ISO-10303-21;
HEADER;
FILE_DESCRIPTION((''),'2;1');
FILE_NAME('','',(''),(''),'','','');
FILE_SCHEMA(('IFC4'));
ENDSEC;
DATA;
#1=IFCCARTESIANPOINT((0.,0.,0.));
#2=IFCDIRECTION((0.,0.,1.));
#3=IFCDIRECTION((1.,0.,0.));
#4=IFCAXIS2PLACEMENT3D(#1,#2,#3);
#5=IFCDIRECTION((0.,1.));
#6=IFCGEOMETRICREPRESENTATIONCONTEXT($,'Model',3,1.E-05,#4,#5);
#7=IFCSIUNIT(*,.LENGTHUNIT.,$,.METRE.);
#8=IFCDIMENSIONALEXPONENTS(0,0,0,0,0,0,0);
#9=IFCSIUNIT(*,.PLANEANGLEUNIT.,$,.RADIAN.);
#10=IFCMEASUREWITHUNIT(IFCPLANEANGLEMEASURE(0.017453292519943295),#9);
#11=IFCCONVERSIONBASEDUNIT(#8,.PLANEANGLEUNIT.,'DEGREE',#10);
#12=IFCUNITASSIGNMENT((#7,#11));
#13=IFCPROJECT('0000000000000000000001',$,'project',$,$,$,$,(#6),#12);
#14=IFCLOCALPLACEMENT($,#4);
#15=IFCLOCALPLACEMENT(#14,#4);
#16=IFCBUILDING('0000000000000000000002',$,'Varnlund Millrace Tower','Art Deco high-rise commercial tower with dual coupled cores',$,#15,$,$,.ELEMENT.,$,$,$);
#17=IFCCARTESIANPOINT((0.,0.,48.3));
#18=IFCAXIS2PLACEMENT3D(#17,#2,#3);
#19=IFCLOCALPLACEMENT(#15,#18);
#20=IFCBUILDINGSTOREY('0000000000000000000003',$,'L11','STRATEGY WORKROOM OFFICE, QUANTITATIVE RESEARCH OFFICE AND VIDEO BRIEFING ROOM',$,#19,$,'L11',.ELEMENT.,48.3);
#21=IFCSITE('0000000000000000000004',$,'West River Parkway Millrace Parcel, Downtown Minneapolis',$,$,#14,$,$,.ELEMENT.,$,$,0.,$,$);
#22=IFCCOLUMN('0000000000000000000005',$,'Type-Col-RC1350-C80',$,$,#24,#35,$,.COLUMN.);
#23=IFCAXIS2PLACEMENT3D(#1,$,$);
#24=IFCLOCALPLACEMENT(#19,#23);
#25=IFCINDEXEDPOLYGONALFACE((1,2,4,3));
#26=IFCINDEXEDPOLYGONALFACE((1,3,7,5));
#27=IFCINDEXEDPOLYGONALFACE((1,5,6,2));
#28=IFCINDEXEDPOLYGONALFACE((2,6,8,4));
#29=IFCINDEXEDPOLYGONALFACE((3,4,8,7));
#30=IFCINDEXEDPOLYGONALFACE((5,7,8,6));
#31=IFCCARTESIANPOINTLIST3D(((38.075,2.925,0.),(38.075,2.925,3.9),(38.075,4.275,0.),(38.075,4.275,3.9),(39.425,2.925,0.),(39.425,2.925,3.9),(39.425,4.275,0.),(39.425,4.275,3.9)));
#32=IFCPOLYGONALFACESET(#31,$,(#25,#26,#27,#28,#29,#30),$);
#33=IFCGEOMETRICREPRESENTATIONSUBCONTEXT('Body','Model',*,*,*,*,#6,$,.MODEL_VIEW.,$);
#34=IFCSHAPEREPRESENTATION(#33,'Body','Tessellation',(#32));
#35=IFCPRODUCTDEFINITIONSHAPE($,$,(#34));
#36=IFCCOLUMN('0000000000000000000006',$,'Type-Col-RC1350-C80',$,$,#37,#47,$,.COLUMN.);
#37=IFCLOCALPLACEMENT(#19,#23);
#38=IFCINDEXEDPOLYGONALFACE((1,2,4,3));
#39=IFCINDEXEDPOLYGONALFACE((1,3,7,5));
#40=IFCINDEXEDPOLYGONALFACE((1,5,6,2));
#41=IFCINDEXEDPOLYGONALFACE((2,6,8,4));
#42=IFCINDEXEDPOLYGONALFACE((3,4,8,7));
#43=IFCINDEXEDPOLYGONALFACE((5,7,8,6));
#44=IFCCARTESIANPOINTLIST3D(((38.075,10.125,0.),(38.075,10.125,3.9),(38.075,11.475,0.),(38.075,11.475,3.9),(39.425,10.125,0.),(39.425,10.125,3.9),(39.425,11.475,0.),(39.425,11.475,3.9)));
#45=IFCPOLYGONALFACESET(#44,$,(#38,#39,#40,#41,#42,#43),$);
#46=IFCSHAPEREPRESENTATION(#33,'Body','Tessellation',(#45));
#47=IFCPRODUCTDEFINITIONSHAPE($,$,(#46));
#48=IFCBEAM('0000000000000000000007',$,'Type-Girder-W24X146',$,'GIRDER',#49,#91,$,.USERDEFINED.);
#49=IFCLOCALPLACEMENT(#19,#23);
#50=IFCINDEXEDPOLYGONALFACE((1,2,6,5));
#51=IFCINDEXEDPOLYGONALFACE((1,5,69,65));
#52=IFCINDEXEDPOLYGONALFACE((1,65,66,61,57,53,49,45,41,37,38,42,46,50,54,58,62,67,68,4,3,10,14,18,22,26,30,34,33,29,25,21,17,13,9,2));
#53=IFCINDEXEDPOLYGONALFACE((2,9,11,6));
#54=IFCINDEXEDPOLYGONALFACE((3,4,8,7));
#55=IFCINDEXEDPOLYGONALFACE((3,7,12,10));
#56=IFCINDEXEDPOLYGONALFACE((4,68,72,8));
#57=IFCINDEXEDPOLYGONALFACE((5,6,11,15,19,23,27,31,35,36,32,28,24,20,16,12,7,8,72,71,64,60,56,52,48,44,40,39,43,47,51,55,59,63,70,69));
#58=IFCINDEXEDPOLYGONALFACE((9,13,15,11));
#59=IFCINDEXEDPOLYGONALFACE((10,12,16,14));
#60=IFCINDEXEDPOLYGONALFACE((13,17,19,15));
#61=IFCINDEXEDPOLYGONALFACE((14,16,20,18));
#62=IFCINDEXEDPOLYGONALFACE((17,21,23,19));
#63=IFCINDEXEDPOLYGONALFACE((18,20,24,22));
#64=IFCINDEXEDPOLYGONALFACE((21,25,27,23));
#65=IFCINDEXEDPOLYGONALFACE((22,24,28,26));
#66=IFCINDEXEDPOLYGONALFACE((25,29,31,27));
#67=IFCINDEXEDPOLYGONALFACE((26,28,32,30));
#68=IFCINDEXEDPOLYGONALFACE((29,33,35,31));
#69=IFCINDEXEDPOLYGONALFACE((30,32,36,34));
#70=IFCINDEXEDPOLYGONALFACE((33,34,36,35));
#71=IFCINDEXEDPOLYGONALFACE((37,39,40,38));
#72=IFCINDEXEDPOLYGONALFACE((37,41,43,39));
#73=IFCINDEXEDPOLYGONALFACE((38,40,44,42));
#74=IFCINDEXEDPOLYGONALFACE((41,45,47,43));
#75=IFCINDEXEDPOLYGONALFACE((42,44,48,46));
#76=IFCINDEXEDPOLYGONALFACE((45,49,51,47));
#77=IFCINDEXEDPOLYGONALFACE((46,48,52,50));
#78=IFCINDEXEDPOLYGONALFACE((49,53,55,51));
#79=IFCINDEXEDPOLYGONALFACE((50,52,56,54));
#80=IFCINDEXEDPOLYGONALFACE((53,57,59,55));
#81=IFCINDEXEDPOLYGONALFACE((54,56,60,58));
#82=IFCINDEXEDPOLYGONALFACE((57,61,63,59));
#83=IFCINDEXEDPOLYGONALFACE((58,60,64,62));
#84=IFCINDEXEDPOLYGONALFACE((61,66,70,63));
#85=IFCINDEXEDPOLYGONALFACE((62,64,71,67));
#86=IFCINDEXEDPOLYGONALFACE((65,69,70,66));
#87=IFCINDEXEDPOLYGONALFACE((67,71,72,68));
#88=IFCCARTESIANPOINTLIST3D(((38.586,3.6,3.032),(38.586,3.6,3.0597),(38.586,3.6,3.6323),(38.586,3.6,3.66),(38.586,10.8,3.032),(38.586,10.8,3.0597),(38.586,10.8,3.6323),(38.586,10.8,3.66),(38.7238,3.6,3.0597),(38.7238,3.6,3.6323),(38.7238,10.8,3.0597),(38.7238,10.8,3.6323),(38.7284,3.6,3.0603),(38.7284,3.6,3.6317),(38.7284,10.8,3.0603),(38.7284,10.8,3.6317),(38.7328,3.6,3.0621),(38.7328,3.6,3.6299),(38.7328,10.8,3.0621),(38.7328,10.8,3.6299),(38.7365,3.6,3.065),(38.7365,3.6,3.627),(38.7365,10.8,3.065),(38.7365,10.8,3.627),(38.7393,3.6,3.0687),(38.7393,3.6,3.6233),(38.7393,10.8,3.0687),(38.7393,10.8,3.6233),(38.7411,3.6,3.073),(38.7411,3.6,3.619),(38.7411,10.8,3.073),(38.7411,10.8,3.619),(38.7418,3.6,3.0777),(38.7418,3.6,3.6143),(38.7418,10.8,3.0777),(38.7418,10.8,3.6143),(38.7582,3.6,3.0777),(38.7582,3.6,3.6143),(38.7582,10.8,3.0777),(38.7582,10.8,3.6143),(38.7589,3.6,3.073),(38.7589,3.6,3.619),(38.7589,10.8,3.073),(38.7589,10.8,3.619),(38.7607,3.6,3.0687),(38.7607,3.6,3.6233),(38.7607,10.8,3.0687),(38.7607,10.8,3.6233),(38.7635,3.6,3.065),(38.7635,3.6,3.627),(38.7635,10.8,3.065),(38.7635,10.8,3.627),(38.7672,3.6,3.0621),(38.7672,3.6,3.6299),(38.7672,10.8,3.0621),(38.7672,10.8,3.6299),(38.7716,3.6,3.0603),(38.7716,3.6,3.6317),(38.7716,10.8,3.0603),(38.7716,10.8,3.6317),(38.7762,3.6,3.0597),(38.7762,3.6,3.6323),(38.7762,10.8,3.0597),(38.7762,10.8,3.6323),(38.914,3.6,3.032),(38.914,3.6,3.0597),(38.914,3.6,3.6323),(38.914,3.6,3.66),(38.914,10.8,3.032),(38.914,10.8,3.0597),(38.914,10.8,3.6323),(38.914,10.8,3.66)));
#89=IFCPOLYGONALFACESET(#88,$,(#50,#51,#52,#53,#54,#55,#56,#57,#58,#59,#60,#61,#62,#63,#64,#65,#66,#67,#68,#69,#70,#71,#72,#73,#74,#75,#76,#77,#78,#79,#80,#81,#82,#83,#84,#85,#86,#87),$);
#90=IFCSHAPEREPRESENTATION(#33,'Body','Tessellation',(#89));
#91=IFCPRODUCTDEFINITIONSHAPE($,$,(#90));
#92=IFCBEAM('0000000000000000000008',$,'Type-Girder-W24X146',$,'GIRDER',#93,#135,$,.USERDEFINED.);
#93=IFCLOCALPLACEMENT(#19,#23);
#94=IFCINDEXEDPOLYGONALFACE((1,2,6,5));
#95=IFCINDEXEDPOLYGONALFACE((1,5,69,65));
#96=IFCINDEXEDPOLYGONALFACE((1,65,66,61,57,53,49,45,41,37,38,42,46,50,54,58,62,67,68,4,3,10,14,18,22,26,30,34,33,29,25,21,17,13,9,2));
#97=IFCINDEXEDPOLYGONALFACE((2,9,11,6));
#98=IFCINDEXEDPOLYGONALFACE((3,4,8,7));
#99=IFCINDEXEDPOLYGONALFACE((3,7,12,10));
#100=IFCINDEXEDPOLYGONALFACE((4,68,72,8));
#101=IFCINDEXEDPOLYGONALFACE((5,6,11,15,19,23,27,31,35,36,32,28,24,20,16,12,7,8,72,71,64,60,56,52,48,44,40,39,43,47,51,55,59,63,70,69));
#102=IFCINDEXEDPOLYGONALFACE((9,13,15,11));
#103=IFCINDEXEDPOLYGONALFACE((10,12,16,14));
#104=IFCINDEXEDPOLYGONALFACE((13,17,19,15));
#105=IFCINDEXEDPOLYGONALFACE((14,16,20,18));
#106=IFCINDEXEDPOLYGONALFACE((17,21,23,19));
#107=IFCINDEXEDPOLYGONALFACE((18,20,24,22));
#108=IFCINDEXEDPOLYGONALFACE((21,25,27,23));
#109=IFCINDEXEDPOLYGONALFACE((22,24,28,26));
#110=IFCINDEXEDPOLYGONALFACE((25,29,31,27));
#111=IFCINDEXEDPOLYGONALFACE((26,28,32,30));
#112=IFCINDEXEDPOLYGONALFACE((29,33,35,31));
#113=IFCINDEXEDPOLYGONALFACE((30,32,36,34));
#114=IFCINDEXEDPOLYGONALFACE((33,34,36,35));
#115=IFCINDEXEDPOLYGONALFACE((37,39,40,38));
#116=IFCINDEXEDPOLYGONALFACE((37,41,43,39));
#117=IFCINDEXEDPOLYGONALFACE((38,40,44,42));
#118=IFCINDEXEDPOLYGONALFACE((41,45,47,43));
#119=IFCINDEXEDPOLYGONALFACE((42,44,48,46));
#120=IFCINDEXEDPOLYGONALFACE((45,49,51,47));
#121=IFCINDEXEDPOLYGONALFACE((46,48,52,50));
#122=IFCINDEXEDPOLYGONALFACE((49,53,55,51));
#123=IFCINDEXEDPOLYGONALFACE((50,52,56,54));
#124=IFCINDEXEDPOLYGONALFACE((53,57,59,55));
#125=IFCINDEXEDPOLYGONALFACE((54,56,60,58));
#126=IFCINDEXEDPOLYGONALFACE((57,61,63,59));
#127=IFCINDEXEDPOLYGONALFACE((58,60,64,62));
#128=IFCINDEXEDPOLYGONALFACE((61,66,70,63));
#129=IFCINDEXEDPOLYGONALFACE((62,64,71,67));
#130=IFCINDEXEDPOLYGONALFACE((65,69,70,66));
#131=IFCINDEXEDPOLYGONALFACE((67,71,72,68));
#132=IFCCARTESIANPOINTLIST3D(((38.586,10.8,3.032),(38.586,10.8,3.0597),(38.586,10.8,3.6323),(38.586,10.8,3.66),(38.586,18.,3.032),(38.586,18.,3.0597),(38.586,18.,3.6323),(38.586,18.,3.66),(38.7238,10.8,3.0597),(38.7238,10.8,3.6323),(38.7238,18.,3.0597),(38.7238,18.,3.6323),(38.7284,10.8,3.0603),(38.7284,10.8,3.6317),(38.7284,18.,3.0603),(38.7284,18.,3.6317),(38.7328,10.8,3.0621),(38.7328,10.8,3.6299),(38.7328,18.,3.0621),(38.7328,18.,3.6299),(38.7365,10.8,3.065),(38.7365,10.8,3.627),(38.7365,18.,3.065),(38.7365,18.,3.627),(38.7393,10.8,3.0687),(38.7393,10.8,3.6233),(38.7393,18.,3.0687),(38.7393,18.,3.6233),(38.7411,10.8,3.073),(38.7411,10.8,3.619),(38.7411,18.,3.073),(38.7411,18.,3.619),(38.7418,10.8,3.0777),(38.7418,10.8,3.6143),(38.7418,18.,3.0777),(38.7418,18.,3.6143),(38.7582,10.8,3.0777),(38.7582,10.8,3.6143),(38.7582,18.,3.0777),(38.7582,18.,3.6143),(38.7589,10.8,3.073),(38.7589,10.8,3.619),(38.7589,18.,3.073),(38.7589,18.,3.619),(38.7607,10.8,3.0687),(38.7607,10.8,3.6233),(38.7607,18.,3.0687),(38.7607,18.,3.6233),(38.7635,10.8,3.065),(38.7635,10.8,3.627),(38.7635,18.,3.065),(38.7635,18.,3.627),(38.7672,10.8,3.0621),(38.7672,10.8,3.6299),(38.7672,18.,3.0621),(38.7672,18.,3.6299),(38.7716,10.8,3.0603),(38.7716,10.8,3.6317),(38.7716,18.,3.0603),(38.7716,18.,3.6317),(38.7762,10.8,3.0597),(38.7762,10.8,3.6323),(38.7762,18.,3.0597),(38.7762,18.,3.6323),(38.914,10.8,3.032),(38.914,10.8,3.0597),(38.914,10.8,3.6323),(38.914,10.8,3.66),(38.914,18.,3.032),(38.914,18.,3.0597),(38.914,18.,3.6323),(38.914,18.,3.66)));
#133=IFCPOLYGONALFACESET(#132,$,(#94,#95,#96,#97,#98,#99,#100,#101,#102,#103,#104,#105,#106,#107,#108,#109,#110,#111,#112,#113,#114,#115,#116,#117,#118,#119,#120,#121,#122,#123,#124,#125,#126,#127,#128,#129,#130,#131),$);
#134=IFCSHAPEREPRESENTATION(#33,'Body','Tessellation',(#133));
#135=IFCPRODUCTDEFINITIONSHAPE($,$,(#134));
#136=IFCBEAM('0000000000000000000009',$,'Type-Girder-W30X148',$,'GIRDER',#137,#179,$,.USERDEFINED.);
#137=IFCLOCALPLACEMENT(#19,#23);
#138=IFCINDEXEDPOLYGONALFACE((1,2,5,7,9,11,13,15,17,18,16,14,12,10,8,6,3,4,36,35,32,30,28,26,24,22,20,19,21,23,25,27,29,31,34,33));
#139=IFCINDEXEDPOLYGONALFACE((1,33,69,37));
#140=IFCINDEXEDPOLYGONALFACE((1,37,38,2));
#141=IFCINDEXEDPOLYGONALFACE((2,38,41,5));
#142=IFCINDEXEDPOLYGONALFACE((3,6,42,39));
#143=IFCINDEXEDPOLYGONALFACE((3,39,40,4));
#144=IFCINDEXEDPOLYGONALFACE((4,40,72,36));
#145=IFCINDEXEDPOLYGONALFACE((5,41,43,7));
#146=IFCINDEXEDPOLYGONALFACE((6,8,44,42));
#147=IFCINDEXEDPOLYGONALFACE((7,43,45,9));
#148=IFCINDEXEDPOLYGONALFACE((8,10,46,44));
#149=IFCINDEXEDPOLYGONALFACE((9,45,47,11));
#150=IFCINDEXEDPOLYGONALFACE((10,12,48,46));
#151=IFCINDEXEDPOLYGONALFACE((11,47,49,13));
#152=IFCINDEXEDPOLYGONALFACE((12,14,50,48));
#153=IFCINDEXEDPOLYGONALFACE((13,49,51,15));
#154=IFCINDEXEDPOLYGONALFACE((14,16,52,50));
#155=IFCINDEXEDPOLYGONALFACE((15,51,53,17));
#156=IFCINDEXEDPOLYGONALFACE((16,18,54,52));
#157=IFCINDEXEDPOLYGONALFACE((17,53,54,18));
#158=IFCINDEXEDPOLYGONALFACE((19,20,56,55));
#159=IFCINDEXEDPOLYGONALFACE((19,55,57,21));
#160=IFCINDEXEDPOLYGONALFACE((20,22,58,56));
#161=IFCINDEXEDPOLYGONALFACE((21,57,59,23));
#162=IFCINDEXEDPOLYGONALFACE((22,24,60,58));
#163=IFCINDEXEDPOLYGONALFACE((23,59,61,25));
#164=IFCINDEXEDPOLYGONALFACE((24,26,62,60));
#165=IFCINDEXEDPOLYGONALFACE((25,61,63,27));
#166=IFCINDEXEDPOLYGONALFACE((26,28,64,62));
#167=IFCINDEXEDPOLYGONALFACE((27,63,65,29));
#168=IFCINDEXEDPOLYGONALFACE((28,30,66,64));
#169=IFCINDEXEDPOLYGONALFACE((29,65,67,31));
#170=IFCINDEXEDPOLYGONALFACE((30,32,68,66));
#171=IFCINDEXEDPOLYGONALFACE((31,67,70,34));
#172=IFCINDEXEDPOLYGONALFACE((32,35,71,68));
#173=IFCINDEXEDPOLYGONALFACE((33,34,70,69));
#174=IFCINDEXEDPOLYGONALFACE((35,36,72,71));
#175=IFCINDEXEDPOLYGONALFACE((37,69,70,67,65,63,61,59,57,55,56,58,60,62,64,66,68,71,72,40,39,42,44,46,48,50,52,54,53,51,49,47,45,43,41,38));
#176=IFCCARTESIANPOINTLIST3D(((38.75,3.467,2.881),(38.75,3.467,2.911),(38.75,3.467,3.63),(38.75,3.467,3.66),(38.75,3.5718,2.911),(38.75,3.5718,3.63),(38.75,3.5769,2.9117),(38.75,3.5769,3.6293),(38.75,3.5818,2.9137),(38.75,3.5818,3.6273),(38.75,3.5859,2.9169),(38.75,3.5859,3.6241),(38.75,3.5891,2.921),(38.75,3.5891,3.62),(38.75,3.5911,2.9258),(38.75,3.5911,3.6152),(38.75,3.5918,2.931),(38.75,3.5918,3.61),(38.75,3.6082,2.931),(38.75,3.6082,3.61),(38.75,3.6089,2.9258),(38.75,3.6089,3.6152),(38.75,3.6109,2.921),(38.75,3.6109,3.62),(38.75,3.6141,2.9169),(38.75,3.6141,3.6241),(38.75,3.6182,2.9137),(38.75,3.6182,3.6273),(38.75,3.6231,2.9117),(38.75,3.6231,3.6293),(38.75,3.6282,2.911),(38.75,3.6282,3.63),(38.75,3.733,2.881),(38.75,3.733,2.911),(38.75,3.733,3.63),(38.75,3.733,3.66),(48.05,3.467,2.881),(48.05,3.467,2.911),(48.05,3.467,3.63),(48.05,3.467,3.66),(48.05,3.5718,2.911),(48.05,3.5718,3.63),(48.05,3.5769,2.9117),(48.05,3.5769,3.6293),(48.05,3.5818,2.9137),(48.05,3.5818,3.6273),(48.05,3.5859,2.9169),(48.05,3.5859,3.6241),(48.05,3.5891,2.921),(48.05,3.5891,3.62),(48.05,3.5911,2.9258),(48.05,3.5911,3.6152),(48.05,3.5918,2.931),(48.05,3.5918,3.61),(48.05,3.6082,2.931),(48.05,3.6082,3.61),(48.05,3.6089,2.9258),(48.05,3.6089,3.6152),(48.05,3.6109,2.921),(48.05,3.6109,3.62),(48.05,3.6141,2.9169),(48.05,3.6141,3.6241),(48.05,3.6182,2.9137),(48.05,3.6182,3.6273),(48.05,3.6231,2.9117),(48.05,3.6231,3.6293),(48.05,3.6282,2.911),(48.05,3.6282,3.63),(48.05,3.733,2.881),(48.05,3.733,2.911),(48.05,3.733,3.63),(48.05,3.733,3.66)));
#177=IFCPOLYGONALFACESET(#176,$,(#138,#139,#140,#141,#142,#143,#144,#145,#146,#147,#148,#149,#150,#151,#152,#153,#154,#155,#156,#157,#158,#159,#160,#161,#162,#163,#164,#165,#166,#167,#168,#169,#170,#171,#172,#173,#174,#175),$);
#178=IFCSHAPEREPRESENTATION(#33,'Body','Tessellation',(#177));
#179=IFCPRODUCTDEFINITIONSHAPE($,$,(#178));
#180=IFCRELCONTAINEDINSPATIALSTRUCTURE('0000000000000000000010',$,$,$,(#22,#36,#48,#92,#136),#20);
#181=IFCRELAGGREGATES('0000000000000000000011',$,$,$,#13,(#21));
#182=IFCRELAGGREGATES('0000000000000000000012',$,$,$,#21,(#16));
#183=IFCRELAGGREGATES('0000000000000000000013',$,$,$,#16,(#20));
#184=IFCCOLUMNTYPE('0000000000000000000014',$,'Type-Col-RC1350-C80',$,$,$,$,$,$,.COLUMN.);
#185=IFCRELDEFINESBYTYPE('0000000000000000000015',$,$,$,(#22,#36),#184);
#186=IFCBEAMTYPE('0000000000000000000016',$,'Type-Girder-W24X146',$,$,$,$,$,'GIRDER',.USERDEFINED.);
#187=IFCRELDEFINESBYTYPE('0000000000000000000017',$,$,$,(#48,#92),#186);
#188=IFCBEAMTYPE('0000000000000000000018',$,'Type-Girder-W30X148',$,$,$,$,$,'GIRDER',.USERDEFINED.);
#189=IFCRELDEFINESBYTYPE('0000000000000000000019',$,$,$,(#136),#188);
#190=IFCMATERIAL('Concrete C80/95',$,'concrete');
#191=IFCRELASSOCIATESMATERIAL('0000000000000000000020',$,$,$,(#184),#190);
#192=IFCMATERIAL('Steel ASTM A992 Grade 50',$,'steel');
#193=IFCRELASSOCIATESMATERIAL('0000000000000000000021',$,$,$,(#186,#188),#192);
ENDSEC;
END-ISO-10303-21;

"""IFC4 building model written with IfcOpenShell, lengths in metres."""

from ifc_helpers import new_model, entity, si_unit, converted_unit, direction, frame, origin_with_axes, origin_2d_with_axis, place, context, subcontext, project, spatial, rectangle, i_section, extrude, material, material_profile, profile_set, type_object, element, save


model = new_model("IFC4")

# Units and contexts
model_context = context("Model", 3, precision=1e-05, world=origin_with_axes(), true_north=direction((0.0, 1.0)))
body_context = subcontext(model_context, "Body", "Model", "MODEL_VIEW")
ifc_project = project(units=[si_unit("LENGTHUNIT", "METRE"), converted_unit("PLANEANGLEUNIT", "DEGREE", entity("IfcPlaneAngleMeasure", 0.017453292519943295), si_unit("PLANEANGLEUNIT", "RADIAN"), dimensions=[0, 0, 0, 0, 0, 0, 0])], contexts=[model_context])

# Site, building, storey
site_placement = place(None, origin_with_axes())
site = spatial("IfcSite", under=ifc_project, at=site_placement, Name="West River Parkway Millrace Parcel, Downtown Minneapolis", CompositionType="ELEMENT", RefElevation=0.0)
building_placement = place(site_placement, origin_with_axes())
building = spatial("IfcBuilding", under=site, at=building_placement, Name="Varnlund Millrace Tower", Description="Art Deco high-rise commercial tower with dual coupled cores", CompositionType="ELEMENT")
storey_placement = place(building_placement, frame((0.0, 0.0, 48.3), z_axis=(0.0, 0.0, 1.0), x_axis=(1.0, 0.0, 0.0)))
storey = spatial("IfcBuildingStorey", under=building, at=storey_placement, Name="L11", Description="STRATEGY WORKROOM OFFICE, QUANTITATIVE RESEARCH OFFICE AND VIDEO BRIEFING ROOM", LongName="L11", CompositionType="ELEMENT", Elevation=48.3)

# Columns
ifc_material_1 = material(Name="Concrete C80/95", Category="concrete")
ifc_material_profile_1 = material_profile(ifc_material_1, rectangle(XDim=1.35, YDim=1.35, at=origin_2d_with_axis()), Name="Concrete C80/95")
ifc_profile_set_1 = profile_set([ifc_material_profile_1], Name="Concrete C80/95")
column_type = type_object("IfcColumnType", Name="Type-Col-RC1350-C80", PredefinedType="COLUMN", material=ifc_profile_set_1)
for number, where, z_axis, x_axis, name in (
    (1, (38.75, 3.6, 0.0), (0.0, 0.0, 1.0), (1.0, 0.0, 0.0), "Type-Col-RC1350-C80"),
    (2, (38.75, 10.8, 0.0), (0.0, 0.0, 1.0), (1.0, 0.0, 0.0), "Type-Col-RC1350-C80"),
):
    element("IfcColumn", number, at=place(storey_placement, frame(where, z_axis=z_axis, x_axis=x_axis)), inside=storey, type_object=column_type, Name=name, PredefinedType="COLUMN", context=body_context, shape_type="SweptSolid", body=[
        extrude(rectangle(XDim=1.35, YDim=1.35, at=origin_2d_with_axis()), origin_with_axes(), (0.0, 0.0, 1.0), 3.9),
    ])

# Beams
ifc_material_2 = material(Name="Steel ASTM A992 Grade 50", Category="steel")
ifc_material_profile_2 = material_profile(ifc_material_2, i_section(OverallWidth=0.328, OverallDepth=0.628, WebThickness=0.0165, FlangeThickness=0.0277, FilletRadius=0.018, at=origin_2d_with_axis()), Name="Steel ASTM A992 Grade 50")
ifc_profile_set_2 = profile_set([ifc_material_profile_2], Name="Steel ASTM A992 Grade 50")
beam_type_1 = type_object("IfcBeamType", Name="Type-Girder-W24X146", ElementType="GIRDER", PredefinedType="USERDEFINED", material=ifc_profile_set_2)
for number, where, z_axis, x_axis, name in (
    (3, (38.75, 3.6, 3.346), (0.0, 1.0, 0.0), (-1.0, 0.0, 0.0), "Type-Girder-W24X146"),
    (4, (38.75, 10.8, 3.346), (0.0, 1.0, 0.0), (-1.0, 0.0, 0.0), "Type-Girder-W24X146"),
):
    element("IfcBeam", number, at=place(storey_placement, frame(where, z_axis=z_axis, x_axis=x_axis)), inside=storey, type_object=beam_type_1, Name=name, ObjectType="GIRDER", PredefinedType="USERDEFINED", context=body_context, shape_type="SweptSolid", body=[
        extrude(i_section(OverallWidth=0.328, OverallDepth=0.628, WebThickness=0.0165, FlangeThickness=0.0277, FilletRadius=0.018, at=origin_2d_with_axis()), origin_with_axes(), (0.0, 0.0, 1.0), 7.2),
    ])
ifc_material_profile_3 = material_profile(ifc_material_2, i_section(OverallWidth=0.266, OverallDepth=0.779, WebThickness=0.0165, FlangeThickness=0.03, FilletRadius=0.02, at=origin_2d_with_axis()), Name="Steel ASTM A992 Grade 50")
ifc_profile_set_3 = profile_set([ifc_material_profile_3], Name="Steel ASTM A992 Grade 50")
beam_type_2 = type_object("IfcBeamType", Name="Type-Girder-W30X148", ElementType="GIRDER", PredefinedType="USERDEFINED", material=ifc_profile_set_3)
beam_1_placement = place(storey_placement, frame((38.75, 3.6, 3.2705), z_axis=(1.0, 0.0, 0.0), x_axis=(0.0, 1.0, 0.0)))
element("IfcBeam", 5, at=beam_1_placement, inside=storey, type_object=beam_type_2, Name="Type-Girder-W30X148", ObjectType="GIRDER", PredefinedType="USERDEFINED", context=body_context, shape_type="SweptSolid", body=[
    extrude(i_section(OverallWidth=0.266, OverallDepth=0.779, WebThickness=0.0165, FlangeThickness=0.03, FilletRadius=0.02, at=origin_2d_with_axis()), origin_with_axes(), (0.0, 0.0, 1.0), 9.3),
])

save(model, "model.ifc")
